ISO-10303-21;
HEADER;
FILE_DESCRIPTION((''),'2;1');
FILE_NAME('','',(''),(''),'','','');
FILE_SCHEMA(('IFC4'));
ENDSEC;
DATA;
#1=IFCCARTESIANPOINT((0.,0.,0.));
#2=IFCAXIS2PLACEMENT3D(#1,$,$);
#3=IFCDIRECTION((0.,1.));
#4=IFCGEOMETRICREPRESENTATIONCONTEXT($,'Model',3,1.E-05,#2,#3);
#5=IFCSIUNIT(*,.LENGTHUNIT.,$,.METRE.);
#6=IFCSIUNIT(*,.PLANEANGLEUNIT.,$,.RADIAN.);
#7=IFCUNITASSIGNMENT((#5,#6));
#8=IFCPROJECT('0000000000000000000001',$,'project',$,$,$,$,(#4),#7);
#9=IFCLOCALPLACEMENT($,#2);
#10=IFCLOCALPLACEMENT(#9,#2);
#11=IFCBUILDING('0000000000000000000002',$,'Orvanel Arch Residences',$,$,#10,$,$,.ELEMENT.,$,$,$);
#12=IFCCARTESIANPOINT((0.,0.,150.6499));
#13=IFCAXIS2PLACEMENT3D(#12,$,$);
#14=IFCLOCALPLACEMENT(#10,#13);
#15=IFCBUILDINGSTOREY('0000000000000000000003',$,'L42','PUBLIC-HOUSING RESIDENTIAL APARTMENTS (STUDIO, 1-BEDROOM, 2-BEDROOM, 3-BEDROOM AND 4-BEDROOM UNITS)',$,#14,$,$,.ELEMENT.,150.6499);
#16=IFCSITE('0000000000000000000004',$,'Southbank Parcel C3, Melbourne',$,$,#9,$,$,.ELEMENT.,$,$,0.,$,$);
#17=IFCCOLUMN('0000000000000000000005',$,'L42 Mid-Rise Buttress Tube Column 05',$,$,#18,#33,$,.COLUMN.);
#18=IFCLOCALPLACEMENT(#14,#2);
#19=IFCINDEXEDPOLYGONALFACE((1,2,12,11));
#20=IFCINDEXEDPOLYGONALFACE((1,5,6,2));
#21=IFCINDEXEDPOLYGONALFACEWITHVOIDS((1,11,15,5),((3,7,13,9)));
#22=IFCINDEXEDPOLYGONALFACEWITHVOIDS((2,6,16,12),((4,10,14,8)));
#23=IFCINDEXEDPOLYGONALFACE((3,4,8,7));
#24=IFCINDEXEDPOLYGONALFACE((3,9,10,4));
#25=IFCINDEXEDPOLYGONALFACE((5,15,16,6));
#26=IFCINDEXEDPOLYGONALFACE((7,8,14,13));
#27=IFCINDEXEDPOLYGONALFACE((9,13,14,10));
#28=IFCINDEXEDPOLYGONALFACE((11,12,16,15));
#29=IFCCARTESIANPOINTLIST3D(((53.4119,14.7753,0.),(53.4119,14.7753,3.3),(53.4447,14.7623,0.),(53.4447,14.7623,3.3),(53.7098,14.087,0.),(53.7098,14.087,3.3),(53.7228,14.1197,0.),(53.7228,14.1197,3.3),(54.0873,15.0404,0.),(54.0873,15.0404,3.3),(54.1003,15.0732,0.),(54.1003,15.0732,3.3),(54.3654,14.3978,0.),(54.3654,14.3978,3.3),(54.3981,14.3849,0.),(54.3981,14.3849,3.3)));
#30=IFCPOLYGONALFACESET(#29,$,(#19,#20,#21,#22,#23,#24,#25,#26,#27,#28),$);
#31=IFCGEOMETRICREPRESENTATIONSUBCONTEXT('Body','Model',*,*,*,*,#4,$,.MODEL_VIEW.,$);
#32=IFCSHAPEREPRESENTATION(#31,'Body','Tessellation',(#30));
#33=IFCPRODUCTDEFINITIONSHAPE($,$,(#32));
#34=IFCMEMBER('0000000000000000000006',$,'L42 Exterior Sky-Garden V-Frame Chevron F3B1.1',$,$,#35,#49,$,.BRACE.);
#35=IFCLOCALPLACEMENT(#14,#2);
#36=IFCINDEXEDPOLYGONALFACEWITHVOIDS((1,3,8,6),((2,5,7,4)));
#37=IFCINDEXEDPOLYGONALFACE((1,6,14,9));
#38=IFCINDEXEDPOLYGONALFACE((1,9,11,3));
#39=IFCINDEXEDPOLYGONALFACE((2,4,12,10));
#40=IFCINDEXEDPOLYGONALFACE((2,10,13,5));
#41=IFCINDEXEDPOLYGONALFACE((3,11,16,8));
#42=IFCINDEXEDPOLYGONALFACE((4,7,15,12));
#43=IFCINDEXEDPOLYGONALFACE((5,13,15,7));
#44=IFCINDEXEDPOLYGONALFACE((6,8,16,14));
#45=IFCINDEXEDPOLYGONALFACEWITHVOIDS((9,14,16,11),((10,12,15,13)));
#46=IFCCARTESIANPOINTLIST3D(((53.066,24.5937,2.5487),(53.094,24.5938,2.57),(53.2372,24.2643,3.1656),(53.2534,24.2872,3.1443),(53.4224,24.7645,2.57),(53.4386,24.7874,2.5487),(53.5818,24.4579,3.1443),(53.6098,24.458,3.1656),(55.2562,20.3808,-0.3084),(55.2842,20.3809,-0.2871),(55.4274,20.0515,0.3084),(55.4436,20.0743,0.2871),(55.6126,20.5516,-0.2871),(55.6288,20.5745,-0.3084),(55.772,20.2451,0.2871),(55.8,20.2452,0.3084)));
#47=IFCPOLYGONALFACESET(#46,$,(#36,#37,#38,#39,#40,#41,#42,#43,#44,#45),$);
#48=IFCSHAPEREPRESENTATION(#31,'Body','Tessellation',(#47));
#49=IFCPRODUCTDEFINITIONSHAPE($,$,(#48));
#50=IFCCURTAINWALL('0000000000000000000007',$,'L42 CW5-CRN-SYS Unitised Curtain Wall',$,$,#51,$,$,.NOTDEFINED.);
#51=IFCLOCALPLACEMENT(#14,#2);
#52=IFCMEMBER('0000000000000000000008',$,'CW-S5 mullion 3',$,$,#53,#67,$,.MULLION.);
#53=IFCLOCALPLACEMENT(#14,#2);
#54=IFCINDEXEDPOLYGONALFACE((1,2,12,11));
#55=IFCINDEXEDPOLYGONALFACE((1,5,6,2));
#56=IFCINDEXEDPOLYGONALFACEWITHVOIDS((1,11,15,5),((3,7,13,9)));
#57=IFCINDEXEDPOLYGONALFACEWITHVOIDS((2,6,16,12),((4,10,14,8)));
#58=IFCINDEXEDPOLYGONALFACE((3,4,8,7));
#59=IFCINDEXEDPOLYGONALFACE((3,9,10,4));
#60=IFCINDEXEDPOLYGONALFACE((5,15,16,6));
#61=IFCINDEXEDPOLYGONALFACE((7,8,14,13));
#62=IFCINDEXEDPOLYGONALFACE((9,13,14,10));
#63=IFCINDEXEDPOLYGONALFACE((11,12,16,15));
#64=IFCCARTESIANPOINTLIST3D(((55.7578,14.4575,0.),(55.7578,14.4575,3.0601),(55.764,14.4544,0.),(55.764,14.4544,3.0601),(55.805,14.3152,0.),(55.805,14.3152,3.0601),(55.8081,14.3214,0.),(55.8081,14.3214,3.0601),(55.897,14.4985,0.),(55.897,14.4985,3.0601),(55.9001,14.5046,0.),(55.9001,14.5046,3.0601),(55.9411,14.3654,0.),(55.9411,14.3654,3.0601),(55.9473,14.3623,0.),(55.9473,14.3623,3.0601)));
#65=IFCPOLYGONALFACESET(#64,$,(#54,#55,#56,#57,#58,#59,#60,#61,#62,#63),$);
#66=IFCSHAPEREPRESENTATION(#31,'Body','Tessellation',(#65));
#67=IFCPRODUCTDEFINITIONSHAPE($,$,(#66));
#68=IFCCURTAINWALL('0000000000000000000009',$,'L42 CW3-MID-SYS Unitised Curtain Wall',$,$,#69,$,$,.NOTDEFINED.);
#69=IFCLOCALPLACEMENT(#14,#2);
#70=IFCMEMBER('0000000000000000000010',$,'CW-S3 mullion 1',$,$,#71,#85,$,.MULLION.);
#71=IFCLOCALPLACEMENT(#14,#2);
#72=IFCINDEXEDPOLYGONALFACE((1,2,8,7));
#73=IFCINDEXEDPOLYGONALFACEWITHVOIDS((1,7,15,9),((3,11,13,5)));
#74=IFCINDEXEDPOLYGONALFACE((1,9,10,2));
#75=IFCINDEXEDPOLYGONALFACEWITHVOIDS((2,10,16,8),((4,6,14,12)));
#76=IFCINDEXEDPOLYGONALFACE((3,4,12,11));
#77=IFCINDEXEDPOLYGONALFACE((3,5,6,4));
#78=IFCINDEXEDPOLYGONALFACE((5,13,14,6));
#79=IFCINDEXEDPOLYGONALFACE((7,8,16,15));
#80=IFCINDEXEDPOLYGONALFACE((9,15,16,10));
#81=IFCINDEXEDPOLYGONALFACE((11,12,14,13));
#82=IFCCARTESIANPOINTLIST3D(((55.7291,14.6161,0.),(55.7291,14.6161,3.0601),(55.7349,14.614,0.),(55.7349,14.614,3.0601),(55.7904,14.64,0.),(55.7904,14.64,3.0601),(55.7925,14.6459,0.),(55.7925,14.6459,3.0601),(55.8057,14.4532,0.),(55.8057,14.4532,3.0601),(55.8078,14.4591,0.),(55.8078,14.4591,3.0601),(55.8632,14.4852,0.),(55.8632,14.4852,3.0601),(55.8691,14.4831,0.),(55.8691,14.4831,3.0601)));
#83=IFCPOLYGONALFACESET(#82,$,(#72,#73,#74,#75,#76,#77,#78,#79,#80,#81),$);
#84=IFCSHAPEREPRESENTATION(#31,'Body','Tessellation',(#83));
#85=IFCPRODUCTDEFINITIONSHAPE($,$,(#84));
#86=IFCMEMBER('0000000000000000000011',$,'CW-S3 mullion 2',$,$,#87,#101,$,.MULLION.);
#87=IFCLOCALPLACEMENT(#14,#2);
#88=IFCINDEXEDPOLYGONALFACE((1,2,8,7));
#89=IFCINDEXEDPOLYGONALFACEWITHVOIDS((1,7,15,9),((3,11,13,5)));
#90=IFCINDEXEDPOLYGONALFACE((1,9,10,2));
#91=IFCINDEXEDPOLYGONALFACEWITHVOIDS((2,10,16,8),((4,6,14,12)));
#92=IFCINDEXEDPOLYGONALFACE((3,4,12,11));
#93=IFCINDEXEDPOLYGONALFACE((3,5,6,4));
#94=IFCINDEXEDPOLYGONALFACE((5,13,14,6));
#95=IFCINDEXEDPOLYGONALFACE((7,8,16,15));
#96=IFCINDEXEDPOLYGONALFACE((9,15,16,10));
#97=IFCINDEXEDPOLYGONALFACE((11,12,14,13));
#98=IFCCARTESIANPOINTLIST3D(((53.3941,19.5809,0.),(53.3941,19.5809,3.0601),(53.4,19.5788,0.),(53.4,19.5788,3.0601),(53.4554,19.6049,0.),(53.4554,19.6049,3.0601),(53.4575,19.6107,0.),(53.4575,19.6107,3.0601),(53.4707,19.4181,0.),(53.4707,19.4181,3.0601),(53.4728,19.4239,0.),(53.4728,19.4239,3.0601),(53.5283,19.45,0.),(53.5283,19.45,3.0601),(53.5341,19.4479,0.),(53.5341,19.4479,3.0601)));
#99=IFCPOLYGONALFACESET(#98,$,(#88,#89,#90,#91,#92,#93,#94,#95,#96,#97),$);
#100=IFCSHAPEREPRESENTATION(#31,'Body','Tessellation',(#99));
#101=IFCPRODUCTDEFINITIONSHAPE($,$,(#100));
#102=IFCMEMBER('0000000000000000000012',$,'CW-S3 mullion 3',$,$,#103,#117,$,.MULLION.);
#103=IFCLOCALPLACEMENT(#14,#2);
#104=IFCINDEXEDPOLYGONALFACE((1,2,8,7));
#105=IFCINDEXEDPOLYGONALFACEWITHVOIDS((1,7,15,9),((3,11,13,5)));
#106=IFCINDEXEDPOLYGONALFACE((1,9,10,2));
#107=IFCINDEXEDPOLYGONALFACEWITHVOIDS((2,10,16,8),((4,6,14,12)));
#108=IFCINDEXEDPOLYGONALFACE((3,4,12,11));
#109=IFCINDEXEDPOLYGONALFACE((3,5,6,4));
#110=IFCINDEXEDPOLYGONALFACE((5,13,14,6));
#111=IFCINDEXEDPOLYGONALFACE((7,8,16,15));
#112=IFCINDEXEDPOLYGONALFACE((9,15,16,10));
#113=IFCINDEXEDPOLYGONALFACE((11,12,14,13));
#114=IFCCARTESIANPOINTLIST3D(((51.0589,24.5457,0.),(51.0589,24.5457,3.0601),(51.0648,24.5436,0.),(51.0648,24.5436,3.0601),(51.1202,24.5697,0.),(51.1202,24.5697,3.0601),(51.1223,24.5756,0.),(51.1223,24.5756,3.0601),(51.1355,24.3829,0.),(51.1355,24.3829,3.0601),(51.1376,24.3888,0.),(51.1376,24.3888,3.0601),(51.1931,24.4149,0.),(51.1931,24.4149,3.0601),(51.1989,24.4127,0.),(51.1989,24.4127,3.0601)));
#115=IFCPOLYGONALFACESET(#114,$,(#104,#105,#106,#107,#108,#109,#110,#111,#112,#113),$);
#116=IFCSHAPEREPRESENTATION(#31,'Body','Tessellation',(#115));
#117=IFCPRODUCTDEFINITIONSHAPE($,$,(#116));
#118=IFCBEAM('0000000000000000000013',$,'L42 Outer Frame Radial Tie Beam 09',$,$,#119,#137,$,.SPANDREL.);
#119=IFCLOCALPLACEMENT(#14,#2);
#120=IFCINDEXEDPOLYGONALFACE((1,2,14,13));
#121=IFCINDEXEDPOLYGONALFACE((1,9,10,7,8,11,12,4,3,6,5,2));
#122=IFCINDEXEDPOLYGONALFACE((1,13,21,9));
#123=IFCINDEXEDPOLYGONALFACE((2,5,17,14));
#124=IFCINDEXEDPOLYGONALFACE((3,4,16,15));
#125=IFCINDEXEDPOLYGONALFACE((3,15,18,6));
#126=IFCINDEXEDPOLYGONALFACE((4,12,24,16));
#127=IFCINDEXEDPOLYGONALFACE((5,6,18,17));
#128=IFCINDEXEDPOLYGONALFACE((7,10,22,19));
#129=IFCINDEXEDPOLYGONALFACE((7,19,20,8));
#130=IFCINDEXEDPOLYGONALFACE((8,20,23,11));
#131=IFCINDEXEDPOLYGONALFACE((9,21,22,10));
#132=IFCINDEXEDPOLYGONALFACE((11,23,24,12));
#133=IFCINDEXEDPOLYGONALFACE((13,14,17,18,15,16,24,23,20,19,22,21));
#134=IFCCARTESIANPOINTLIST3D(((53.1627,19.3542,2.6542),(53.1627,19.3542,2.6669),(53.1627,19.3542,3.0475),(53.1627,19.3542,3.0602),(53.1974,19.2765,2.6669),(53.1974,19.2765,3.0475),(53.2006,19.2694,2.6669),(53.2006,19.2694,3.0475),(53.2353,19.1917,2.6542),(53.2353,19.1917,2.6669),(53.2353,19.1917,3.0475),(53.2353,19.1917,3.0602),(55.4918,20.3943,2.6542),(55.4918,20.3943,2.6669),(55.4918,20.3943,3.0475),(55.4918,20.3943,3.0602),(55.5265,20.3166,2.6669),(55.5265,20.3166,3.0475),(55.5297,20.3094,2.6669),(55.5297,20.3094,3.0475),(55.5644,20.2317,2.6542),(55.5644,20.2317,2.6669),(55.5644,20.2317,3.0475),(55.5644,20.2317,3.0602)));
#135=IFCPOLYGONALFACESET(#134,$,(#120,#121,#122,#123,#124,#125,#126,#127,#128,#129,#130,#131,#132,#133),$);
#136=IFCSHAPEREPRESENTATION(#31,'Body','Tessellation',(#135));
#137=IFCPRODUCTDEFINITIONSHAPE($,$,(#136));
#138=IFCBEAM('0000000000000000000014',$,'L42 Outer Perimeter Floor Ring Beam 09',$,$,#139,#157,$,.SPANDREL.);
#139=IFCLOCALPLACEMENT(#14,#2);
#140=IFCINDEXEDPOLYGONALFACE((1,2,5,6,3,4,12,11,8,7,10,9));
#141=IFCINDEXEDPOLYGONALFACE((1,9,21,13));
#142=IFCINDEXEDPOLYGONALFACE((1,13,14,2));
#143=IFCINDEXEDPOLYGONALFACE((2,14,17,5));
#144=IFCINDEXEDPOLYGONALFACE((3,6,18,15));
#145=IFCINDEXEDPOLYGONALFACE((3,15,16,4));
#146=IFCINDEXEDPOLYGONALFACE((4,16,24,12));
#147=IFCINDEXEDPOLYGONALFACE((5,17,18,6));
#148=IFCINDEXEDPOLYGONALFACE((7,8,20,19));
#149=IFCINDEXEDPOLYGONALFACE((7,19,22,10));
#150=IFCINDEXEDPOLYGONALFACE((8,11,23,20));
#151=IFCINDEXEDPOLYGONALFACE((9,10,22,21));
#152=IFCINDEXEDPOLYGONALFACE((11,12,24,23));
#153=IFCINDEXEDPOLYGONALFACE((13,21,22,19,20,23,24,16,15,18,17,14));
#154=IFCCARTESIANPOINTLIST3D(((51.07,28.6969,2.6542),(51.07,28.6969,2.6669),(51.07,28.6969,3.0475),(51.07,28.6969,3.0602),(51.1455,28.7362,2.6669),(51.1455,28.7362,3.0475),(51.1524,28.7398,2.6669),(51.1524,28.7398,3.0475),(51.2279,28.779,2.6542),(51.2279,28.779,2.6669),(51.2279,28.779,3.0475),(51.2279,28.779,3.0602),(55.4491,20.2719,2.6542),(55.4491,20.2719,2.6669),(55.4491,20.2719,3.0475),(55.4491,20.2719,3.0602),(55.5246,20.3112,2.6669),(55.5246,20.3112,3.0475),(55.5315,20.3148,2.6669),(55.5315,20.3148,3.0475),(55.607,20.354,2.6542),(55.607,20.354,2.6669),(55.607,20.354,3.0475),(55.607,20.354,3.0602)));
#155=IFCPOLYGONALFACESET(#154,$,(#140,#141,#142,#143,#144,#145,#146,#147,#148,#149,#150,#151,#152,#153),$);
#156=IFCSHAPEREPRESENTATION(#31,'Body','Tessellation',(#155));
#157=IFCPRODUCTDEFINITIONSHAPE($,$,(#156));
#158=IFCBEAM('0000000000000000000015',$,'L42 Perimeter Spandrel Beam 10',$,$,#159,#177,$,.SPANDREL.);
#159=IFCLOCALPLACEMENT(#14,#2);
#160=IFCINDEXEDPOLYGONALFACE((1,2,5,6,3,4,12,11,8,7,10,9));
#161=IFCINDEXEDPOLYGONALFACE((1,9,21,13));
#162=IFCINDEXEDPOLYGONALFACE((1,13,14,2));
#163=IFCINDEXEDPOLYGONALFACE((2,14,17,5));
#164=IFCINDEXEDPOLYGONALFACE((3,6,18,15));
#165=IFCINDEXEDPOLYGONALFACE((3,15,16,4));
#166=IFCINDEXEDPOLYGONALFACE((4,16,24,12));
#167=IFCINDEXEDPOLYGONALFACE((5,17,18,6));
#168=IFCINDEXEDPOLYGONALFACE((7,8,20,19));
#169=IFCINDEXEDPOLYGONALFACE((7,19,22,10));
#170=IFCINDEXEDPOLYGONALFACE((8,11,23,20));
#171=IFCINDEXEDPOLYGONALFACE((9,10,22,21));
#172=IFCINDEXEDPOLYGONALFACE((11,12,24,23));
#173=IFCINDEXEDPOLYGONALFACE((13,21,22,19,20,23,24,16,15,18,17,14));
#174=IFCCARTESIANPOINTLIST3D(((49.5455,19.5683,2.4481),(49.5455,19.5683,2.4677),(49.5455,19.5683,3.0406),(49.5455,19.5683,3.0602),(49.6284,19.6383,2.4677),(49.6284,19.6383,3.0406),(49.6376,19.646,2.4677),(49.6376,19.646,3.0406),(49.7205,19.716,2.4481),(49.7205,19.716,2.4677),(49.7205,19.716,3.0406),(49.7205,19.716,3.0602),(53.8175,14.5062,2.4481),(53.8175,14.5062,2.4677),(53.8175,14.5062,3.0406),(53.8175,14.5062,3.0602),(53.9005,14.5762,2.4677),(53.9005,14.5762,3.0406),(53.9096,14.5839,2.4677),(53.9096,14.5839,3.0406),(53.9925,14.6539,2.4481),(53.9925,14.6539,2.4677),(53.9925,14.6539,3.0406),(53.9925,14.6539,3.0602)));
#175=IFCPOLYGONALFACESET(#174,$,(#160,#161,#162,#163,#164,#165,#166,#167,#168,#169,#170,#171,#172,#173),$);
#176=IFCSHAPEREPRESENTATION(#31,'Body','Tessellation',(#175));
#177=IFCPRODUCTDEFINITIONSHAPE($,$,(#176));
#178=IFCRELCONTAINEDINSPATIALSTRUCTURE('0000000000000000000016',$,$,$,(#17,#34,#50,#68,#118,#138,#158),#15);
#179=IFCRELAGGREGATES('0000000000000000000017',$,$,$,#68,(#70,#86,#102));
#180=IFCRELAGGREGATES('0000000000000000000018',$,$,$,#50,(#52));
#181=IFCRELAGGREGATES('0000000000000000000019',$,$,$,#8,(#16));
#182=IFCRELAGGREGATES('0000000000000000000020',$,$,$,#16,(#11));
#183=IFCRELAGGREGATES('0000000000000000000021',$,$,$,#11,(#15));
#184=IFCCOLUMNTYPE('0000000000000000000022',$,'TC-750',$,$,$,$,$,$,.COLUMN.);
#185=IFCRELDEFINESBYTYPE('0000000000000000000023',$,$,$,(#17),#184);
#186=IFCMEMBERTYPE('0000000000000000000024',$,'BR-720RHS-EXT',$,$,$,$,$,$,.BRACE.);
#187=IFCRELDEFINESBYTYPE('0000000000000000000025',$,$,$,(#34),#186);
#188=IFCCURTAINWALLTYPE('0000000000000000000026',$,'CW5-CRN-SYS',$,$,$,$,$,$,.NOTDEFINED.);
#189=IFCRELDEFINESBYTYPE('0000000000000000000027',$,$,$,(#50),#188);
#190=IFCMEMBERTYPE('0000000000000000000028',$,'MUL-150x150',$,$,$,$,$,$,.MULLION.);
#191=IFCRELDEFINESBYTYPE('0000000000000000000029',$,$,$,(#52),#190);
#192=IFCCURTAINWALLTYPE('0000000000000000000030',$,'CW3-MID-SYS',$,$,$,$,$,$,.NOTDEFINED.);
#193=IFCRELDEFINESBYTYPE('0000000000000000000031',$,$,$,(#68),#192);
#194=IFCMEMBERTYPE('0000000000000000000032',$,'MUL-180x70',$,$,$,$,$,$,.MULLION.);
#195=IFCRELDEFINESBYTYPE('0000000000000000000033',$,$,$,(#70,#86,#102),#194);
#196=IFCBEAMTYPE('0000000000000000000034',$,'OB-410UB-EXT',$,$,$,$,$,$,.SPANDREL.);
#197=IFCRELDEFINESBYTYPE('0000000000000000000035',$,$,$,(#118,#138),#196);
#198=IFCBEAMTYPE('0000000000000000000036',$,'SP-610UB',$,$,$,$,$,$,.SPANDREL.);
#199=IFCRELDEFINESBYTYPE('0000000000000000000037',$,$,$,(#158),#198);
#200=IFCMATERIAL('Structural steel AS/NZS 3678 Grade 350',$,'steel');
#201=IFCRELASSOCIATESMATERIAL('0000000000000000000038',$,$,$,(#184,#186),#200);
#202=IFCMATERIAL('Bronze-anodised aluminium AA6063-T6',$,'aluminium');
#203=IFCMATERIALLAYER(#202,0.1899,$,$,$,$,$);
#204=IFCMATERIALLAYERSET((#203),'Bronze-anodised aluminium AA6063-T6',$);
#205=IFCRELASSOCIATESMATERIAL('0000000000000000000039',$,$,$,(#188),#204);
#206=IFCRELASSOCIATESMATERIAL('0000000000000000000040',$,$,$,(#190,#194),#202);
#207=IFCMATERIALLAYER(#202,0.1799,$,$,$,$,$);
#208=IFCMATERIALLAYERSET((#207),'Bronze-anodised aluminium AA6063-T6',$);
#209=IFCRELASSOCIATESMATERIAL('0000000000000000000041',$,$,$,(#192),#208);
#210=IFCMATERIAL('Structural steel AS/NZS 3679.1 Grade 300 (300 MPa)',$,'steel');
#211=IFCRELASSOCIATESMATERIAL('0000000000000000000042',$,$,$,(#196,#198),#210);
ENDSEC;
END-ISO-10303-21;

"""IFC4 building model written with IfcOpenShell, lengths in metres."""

from ifc_helpers import new_model, si_unit, direction, frame, origin, origin_2d, place, context, subcontext, project, spatial, hollow_rectangle, i_section, extrude, material, layer, layer_set, material_profile, profile_set, type_object, element, aggregate, save


model = new_model("IFC4")

# Units and contexts
model_context = context("Model", 3, precision=1e-05, world=origin(), true_north=direction((0.0, 1.0)))
body_context = subcontext(model_context, "Body", "Model", "MODEL_VIEW")
ifc_project = project(units=[si_unit("LENGTHUNIT", "METRE"), si_unit("PLANEANGLEUNIT", "RADIAN")], contexts=[model_context])

# Site, building, storey
site_placement = place(None, origin())
site = spatial("IfcSite", under=ifc_project, at=site_placement, Name="Southbank Parcel C3, Melbourne", CompositionType="ELEMENT", RefElevation=0.0)
building_placement = place(site_placement, origin())
building = spatial("IfcBuilding", under=site, at=building_placement, Name="Orvanel Arch Residences", CompositionType="ELEMENT")
storey_placement = place(building_placement, frame((0.0, 0.0, 150.6499)))
storey = spatial("IfcBuildingStorey", under=building, at=storey_placement, Name="L42", Description="PUBLIC-HOUSING RESIDENTIAL APARTMENTS (STUDIO, 1-BEDROOM, 2-BEDROOM, 3-BEDROOM AND 4-BEDROOM UNITS)", CompositionType="ELEMENT", Elevation=150.6499)

# Column
ifc_material_1 = material(Name="Structural steel AS/NZS 3678 Grade 350", Category="steel")
ifc_material_profile_1 = material_profile(ifc_material_1, hollow_rectangle(XDim=0.75, YDim=0.75, WallThickness=0.0249, at=origin_2d()), Name="BOX750x750x25")
ifc_profile_set_1 = profile_set([ifc_material_profile_1], Name="Structural steel AS/NZS 3678 Grade 350")
column_type = type_object("IfcColumnType", Name="TC-750", PredefinedType="COLUMN", material=ifc_profile_set_1)
column_placement = place(storey_placement, frame((53.905, 14.5801, 0.0), z_axis=(0.0, 0.0, 1.0), x_axis=(-0.397148, 0.917755, 0.0)))
element("IfcColumn", 1, at=column_placement, inside=storey, type_object=column_type, Name="L42 Mid-Rise Buttress Tube Column 05", PredefinedType="COLUMN", context=body_context, shape_type="SweptSolid", body=[
    extrude(hollow_rectangle(XDim=0.75, YDim=0.75, WallThickness=0.0249, at=origin_2d()), origin(), (0.0, 0.0, 1.0), 3.3),
])

# Member
ifc_material_profile_2 = material_profile(ifc_material_1, hollow_rectangle(XDim=0.4199, YDim=0.72, WallThickness=0.0249, at=origin_2d()), Name="RHS720x420x25")
ifc_profile_set_2 = profile_set([ifc_material_profile_2], Name="Structural steel AS/NZS 3678 Grade 350")
member_type_1 = type_object("IfcMemberType", Name="BR-720RHS-EXT", PredefinedType="BRACE", material=ifc_profile_set_2)
member_1_placement = place(storey_placement, frame((55.5281, 20.313, 0.0), z_axis=(-0.395229, 0.760236, 0.515591), x_axis=(-0.887261, -0.461267, 0.0)))
element("IfcMember", 2, at=member_1_placement, inside=storey, type_object=member_type_1, Name="L42 Exterior Sky-Garden V-Frame Chevron F3B1.1", PredefinedType="BRACE", context=body_context, shape_type="SweptSolid", body=[
    extrude(hollow_rectangle(XDim=0.4199, YDim=0.72, WallThickness=0.0249, at=origin_2d()), origin(), (0.0, 0.0, 1.0), 5.5415),
])

# Curtain wall, member
ifc_material_2 = material(Name="Bronze-anodised aluminium AA6063-T6", Category="aluminium")
ifc_layer_1 = layer(ifc_material_2, 0.1899)
ifc_layer_set_1 = layer_set([ifc_layer_1], Name="Bronze-anodised aluminium AA6063-T6")
curtain_wall_type_1 = type_object("IfcCurtainWallType", Name="CW5-CRN-SYS", PredefinedType="NOTDEFINED", material=ifc_layer_set_1)
curtain_wall_1_placement = place(storey_placement, origin())
curtain_wall_1 = element("IfcCurtainWall", 3, at=curtain_wall_1_placement, inside=storey, type_object=curtain_wall_type_1, Name="L42 CW5-CRN-SYS Unitised Curtain Wall", PredefinedType="NOTDEFINED")
ifc_material_profile_3 = material_profile(ifc_material_2, hollow_rectangle(XDim=0.1499, YDim=0.1499, WallThickness=0.0049, at=origin_2d()), Name="ALU150x150x5")
ifc_profile_set_3 = profile_set([ifc_material_profile_3], Name="Bronze-anodised aluminium AA6063-T6")
member_type_2 = type_object("IfcMemberType", Name="MUL-150x150", PredefinedType="MULLION", material=ifc_profile_set_3)
member_2_placement = place(storey_placement, frame((55.8525, 14.4099, 0.0), z_axis=(0.0, 0.0, 1.0), x_axis=(-0.949264, -0.31448, 0.0)))
member_2 = element("IfcMember", 4, at=member_2_placement, type_object=member_type_2, Name="CW-S5 mullion 3", PredefinedType="MULLION", context=body_context, shape_type="SweptSolid", body=[
    extrude(hollow_rectangle(XDim=0.1499, YDim=0.1499, WallThickness=0.0049, at=origin_2d()), origin(), (0.0, 0.0, 1.0), 3.0601),
])

# Curtain wall, members
ifc_layer_2 = layer(ifc_material_2, 0.1799)
ifc_layer_set_2 = layer_set([ifc_layer_2], Name="Bronze-anodised aluminium AA6063-T6")
curtain_wall_type_2 = type_object("IfcCurtainWallType", Name="CW3-MID-SYS", PredefinedType="NOTDEFINED", material=ifc_layer_set_2)
curtain_wall_2_placement = place(storey_placement, origin())
curtain_wall_2 = element("IfcCurtainWall", 5, at=curtain_wall_2_placement, inside=storey, type_object=curtain_wall_type_2, Name="L42 CW3-MID-SYS Unitised Curtain Wall", PredefinedType="NOTDEFINED")
ifc_material_profile_4 = material_profile(ifc_material_2, hollow_rectangle(XDim=0.0701, YDim=0.1799, WallThickness=0.0044, at=origin_2d()), Name="ALU180x70x4.5")
ifc_profile_set_4 = profile_set([ifc_material_profile_4], Name="Bronze-anodised aluminium AA6063-T6")
member_type_3 = type_object("IfcMemberType", Name="MUL-180x70", PredefinedType="MULLION", material=ifc_profile_set_4)
member_3_placement = place(storey_placement, frame((55.7991, 14.5496, 0.0), z_axis=(0.0, 0.0, 1.0), x_axis=(-0.904909, -0.425605, 0.0)))
member_3 = element("IfcMember", 6, at=member_3_placement, type_object=member_type_3, Name="CW-S3 mullion 1", PredefinedType="MULLION", context=body_context, shape_type="SweptSolid", body=[
    extrude(hollow_rectangle(XDim=0.0701, YDim=0.1799, WallThickness=0.0044, at=origin_2d()), origin(), (0.0, 0.0, 1.0), 3.0601),
])
member_4_placement = place(storey_placement, frame((53.4641, 19.5144, 0.0), z_axis=(0.0, 0.0, 1.0), x_axis=(-0.904909, -0.425605, 0.0)))
member_4 = element("IfcMember", 7, at=member_4_placement, type_object=member_type_3, Name="CW-S3 mullion 2", PredefinedType="MULLION", context=body_context, shape_type="SweptSolid", body=[
    extrude(hollow_rectangle(XDim=0.0701, YDim=0.1799, WallThickness=0.0044, at=origin_2d()), origin(), (0.0, 0.0, 1.0), 3.0601),
])
member_5_placement = place(storey_placement, frame((51.1289, 24.4792, 0.0), z_axis=(0.0, 0.0, 1.0), x_axis=(-0.904909, -0.425605, 0.0)))
member_5 = element("IfcMember", 8, at=member_5_placement, type_object=member_type_3, Name="CW-S3 mullion 3", PredefinedType="MULLION", context=body_context, shape_type="SweptSolid", body=[
    extrude(hollow_rectangle(XDim=0.0701, YDim=0.1799, WallThickness=0.0044, at=origin_2d()), origin(), (0.0, 0.0, 1.0), 3.0601),
])

# Beams
ifc_material_3 = material(Name="Structural steel AS/NZS 3679.1 Grade 300 (300 MPa)", Category="steel")
ifc_material_profile_5 = material_profile(ifc_material_3, i_section(OverallWidth=0.178, OverallDepth=0.406, WebThickness=0.0078, FlangeThickness=0.0127, at=origin_2d()), Name="410UB59.7")
ifc_profile_set_5 = profile_set([ifc_material_profile_5], Name="Structural steel AS/NZS 3679.1 Grade 300 (300 MPa)")
beam_type_1 = type_object("IfcBeamType", Name="OB-410UB-EXT", PredefinedType="SPANDREL", material=ifc_profile_set_5)
beam_1_placement = place(storey_placement, frame((53.199, 19.2729, 2.8572), z_axis=(0.9131, 0.407736, 0.0), x_axis=(-0.407736, 0.9131, 0.0)))
element("IfcBeam", 9, at=beam_1_placement, inside=storey, type_object=beam_type_1, Name="L42 Outer Frame Radial Tie Beam 09", PredefinedType="SPANDREL", context=body_context, shape_type="SweptSolid", body=[
    extrude(i_section(OverallWidth=0.178, OverallDepth=0.406, WebThickness=0.0078, FlangeThickness=0.0127, at=origin_2d()), origin(), (0.0, 0.0, 1.0), 2.5508),
])
beam_2_placement = place(storey_placement, frame((55.5281, 20.313, 2.8572), z_axis=(-0.461197, 0.887298, 0.0), x_axis=(-0.887298, -0.461197, 0.0)))
element("IfcBeam", 10, at=beam_2_placement, inside=storey, type_object=beam_type_1, Name="L42 Outer Perimeter Floor Ring Beam 09", PredefinedType="SPANDREL", context=body_context, shape_type="SweptSolid", body=[
    extrude(i_section(OverallWidth=0.178, OverallDepth=0.406, WebThickness=0.0078, FlangeThickness=0.0127, at=origin_2d()), origin(), (0.0, 0.0, 1.0), 9.4951),
])
ifc_material_profile_6 = material_profile(ifc_material_3, i_section(OverallWidth=0.229, OverallDepth=0.6121, WebThickness=0.012, FlangeThickness=0.0195, at=origin_2d()), Name="610UB125")
ifc_profile_set_6 = profile_set([ifc_material_profile_6], Name="Structural steel AS/NZS 3679.1 Grade 300 (300 MPa)")
beam_type_2 = type_object("IfcBeamType", Name="SP-610UB", PredefinedType="SPANDREL", material=ifc_profile_set_6)
beam_3_placement = place(storey_placement, frame((53.905, 14.5801, 2.7542), z_axis=(-0.64495, 0.764224, 0.0), x_axis=(-0.764224, -0.64495, 0.0)))
element("IfcBeam", 11, at=beam_3_placement, inside=storey, type_object=beam_type_2, Name="L42 Perimeter Spandrel Beam 10", PredefinedType="SPANDREL", context=body_context, shape_type="SweptSolid", body=[
    extrude(i_section(OverallWidth=0.229, OverallDepth=0.6121, WebThickness=0.012, FlangeThickness=0.0195, at=origin_2d()), origin(), (0.0, 0.0, 1.0), 6.6238),
])

aggregate(curtain_wall_2, [member_3, member_4, member_5])
aggregate(curtain_wall_1, [member_2])

save(model, "model.ifc")
